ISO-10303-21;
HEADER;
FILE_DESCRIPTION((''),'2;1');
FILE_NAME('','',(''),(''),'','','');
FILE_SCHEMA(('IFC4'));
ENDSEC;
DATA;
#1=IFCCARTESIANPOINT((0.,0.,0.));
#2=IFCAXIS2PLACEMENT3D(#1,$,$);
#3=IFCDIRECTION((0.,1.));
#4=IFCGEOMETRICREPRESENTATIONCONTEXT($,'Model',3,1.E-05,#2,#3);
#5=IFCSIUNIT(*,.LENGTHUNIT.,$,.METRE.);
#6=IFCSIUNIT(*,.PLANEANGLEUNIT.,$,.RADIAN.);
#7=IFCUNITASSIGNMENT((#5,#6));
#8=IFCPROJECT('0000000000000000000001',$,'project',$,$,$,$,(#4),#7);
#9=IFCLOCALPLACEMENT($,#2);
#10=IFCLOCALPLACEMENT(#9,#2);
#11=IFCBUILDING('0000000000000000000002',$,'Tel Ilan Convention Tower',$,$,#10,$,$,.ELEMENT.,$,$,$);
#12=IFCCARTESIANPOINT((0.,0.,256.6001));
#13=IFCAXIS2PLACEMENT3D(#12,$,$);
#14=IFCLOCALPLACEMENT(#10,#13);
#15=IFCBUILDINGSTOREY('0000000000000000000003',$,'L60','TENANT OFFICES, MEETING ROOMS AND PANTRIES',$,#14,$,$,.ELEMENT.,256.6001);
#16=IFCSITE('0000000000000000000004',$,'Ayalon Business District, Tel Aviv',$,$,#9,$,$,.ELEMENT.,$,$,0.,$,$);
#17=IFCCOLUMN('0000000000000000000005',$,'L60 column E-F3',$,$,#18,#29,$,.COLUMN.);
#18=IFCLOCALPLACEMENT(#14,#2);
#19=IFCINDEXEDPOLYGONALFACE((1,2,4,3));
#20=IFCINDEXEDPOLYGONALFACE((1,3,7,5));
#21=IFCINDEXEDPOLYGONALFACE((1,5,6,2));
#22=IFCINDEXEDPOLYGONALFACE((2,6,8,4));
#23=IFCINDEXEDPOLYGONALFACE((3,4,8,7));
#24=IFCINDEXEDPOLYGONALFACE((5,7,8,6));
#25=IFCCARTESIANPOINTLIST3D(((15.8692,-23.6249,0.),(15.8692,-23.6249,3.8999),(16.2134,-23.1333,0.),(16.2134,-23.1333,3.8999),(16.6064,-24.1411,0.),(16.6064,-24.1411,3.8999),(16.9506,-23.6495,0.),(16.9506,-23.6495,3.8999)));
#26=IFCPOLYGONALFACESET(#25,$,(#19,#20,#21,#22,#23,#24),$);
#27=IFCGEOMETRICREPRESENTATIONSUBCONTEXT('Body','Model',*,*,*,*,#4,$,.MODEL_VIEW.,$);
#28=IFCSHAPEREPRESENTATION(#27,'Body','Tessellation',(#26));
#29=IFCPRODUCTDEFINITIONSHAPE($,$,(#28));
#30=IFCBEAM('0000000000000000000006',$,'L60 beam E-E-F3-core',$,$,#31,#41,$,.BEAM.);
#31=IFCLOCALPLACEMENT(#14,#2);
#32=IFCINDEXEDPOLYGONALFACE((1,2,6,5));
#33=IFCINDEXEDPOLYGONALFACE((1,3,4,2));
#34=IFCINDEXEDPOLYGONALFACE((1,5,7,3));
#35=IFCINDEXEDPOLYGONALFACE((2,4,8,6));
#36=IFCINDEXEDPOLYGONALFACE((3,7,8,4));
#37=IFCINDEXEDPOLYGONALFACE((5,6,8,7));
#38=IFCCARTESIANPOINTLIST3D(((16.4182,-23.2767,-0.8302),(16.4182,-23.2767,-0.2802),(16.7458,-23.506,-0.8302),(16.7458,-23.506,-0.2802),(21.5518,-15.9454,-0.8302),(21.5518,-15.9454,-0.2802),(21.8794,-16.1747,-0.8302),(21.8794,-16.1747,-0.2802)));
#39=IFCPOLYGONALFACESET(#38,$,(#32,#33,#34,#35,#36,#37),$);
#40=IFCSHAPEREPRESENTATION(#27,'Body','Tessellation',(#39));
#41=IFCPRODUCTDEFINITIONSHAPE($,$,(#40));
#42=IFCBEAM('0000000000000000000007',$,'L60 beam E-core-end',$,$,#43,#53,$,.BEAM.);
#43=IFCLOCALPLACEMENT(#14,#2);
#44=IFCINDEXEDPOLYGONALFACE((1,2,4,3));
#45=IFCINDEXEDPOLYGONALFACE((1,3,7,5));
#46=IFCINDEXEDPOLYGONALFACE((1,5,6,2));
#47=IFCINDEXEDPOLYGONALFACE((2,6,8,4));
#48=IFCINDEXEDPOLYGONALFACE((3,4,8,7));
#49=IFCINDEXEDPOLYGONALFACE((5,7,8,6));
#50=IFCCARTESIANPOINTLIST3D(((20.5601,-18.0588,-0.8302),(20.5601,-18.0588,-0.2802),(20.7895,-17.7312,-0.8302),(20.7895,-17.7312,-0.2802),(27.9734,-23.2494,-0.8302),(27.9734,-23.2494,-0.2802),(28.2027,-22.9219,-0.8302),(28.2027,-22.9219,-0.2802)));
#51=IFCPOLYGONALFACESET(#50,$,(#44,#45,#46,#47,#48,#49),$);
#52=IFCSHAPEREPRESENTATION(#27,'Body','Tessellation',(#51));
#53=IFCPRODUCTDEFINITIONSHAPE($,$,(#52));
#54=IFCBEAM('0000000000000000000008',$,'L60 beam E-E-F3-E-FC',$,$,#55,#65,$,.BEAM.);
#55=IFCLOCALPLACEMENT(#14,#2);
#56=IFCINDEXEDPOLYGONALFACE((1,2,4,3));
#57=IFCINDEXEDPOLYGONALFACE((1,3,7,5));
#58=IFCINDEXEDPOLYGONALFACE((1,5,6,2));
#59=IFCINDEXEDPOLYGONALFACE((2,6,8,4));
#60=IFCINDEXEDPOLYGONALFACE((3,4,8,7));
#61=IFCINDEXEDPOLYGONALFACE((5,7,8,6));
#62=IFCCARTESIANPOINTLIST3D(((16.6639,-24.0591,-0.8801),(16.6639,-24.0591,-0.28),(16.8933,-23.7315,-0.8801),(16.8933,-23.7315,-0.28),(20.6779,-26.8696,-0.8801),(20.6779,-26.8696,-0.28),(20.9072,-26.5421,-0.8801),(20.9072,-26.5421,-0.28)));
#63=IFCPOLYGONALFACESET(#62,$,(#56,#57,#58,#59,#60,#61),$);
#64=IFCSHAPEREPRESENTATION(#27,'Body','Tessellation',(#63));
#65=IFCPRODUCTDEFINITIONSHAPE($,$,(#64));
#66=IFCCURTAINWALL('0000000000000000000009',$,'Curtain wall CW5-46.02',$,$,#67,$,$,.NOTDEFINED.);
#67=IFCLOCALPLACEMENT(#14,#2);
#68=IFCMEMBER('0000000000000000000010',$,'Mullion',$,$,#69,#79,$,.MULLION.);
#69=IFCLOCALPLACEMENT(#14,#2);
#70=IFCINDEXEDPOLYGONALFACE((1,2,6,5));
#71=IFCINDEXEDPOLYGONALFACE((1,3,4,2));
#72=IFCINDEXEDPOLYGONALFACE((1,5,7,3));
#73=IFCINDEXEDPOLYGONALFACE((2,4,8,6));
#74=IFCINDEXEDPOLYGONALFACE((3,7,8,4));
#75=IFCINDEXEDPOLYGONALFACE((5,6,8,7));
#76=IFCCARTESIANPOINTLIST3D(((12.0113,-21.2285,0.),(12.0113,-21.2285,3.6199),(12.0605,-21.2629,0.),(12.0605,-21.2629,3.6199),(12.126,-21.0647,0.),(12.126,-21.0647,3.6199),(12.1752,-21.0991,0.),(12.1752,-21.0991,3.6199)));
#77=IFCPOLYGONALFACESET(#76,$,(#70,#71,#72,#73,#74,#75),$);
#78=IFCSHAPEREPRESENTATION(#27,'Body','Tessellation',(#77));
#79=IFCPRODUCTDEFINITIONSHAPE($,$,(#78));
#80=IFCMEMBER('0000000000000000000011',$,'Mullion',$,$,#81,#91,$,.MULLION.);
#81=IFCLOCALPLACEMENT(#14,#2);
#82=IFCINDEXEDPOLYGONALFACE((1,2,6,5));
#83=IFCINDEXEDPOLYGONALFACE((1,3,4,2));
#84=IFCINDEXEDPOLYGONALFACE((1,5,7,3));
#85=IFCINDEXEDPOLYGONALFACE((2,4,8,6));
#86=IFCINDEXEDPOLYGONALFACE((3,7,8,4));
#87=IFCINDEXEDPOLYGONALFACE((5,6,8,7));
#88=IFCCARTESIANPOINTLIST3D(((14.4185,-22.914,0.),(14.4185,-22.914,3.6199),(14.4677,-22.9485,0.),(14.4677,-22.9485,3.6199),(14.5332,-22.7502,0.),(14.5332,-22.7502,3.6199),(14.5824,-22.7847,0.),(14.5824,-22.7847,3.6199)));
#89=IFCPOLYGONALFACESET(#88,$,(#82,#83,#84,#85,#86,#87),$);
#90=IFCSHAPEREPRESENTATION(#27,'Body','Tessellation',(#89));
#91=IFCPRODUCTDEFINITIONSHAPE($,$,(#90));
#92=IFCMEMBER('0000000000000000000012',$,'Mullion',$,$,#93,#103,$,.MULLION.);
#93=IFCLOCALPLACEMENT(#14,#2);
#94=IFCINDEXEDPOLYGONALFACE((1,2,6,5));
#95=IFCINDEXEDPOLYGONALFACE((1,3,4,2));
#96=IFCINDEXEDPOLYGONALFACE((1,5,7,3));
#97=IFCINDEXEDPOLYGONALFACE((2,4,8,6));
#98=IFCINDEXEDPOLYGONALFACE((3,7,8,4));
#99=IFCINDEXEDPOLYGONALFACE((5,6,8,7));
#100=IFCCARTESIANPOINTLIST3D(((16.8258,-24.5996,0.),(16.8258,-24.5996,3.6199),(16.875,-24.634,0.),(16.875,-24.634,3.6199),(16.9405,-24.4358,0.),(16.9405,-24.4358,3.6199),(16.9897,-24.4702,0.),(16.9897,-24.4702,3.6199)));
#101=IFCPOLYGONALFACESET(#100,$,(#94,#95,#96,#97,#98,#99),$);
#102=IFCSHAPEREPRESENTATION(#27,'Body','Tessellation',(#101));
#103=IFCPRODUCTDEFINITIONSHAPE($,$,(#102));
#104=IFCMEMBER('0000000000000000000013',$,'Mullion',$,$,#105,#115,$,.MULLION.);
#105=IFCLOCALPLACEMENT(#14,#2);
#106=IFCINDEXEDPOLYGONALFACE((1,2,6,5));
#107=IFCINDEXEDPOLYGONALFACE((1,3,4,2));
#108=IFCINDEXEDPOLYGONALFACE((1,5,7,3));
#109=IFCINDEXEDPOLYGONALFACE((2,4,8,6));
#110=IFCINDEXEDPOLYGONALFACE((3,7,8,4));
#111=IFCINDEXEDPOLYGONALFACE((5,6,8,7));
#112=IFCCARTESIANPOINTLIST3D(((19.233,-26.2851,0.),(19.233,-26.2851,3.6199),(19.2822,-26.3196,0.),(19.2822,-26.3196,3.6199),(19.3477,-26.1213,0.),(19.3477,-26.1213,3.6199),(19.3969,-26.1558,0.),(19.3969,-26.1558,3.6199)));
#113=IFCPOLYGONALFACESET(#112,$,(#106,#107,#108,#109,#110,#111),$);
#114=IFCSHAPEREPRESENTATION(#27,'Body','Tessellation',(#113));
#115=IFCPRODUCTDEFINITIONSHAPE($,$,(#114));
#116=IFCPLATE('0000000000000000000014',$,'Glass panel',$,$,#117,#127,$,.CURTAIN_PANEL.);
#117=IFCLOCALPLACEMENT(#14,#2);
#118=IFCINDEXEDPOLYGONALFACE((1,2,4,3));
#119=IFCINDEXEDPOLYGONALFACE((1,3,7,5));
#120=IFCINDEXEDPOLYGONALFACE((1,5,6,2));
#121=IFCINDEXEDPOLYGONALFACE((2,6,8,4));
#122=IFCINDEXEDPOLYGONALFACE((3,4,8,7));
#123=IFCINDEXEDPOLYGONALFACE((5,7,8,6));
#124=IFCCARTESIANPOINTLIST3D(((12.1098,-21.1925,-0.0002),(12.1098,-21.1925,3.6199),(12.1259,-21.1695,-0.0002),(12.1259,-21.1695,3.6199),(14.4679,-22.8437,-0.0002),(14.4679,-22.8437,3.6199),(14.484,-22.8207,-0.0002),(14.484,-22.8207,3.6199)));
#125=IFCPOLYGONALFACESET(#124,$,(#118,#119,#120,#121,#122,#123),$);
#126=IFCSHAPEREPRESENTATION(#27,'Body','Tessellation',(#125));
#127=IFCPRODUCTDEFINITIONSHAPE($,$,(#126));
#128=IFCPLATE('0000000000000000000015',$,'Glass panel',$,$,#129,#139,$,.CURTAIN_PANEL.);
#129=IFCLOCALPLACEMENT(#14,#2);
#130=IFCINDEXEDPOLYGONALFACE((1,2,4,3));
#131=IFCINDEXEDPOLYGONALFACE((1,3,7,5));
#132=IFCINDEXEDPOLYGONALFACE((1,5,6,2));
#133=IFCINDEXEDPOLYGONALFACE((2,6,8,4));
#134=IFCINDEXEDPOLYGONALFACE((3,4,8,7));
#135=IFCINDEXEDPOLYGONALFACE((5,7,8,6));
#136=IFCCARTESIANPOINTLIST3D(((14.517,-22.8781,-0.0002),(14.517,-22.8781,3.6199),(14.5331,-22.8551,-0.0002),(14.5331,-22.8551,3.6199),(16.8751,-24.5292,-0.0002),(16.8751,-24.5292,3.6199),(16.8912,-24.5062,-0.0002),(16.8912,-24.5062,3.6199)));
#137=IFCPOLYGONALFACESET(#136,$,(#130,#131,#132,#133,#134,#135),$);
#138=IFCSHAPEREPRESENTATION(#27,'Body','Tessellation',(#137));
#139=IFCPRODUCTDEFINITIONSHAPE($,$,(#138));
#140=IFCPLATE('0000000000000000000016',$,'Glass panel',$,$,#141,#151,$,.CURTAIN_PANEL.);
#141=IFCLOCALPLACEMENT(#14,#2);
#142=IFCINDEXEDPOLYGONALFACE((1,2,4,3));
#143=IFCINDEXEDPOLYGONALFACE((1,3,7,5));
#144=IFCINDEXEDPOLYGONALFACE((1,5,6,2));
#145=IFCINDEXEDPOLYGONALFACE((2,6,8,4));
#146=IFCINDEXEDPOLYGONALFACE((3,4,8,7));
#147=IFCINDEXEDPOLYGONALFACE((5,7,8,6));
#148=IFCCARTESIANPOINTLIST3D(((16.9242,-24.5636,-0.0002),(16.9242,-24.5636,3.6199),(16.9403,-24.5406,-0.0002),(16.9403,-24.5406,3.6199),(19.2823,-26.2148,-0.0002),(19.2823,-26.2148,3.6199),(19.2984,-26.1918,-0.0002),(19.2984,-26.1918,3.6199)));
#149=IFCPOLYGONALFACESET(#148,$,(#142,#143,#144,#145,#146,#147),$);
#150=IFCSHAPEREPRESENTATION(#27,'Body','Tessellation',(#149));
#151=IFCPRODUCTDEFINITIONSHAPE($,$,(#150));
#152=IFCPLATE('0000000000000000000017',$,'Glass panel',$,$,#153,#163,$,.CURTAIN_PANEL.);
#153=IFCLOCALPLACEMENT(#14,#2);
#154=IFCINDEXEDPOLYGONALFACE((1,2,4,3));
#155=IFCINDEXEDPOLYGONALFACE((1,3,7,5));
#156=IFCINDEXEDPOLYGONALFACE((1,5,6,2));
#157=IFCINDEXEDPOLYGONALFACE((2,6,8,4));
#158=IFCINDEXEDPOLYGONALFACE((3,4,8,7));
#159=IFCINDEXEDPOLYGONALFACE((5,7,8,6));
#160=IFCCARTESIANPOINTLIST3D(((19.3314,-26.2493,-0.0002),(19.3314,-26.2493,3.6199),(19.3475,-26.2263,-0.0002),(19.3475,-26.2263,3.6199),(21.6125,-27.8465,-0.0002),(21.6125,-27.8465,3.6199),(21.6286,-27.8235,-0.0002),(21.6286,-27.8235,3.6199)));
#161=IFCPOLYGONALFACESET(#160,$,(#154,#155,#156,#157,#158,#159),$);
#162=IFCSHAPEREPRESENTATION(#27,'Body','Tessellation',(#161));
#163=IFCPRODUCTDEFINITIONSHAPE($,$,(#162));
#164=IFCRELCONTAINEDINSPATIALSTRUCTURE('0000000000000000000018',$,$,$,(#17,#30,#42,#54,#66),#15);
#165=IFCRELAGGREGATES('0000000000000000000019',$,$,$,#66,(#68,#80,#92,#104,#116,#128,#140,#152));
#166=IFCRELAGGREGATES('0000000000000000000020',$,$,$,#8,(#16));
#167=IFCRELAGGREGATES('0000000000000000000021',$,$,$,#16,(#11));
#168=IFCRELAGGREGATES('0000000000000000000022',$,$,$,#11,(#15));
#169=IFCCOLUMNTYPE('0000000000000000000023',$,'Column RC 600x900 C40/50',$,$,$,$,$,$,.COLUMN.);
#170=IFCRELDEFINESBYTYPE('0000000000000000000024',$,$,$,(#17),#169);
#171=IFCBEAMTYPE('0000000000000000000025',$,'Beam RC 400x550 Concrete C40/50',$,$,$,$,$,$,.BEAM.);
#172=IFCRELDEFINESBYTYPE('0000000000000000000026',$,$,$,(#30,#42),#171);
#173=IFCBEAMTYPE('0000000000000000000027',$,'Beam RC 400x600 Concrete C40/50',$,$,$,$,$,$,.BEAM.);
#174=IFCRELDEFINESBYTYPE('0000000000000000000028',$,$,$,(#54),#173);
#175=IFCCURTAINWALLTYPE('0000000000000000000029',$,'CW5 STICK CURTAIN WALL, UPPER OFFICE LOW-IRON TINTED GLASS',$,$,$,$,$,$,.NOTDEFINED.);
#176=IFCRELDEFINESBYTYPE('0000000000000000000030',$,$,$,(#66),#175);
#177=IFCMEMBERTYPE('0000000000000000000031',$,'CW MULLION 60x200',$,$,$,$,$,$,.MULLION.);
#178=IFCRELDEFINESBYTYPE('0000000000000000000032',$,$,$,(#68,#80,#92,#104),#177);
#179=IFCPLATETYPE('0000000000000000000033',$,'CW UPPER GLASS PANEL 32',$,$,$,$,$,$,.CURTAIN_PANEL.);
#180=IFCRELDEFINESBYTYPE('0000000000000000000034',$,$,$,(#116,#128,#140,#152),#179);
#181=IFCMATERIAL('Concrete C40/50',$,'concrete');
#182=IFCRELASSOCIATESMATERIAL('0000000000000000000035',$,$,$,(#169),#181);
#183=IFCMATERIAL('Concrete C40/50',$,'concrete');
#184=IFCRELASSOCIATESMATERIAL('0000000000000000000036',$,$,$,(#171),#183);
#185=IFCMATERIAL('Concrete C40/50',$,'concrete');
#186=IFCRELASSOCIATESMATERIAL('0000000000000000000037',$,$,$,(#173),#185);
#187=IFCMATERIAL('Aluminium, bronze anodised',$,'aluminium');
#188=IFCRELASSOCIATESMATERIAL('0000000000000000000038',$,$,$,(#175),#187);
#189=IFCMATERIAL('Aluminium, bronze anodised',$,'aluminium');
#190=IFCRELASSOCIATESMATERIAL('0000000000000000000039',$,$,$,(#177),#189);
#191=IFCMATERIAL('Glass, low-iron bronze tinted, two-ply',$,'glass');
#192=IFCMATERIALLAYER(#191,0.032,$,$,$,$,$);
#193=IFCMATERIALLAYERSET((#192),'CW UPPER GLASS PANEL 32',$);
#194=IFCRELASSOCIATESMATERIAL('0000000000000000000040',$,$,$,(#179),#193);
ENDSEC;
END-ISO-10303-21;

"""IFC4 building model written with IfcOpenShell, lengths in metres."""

from ifc_helpers import new_model, si_unit, direction, frame, origin, origin_2d, place, context, subcontext, project, spatial, rectangle, extrude, material, layer, layer_set, material_profile, profile_set, type_object, element, aggregate, save


model = new_model("IFC4")

# Units and contexts
model_context = context("Model", 3, precision=1e-05, world=origin(), true_north=direction((0.0, 1.0)))
body_context = subcontext(model_context, "Body", "Model", "MODEL_VIEW")
ifc_project = project(units=[si_unit("LENGTHUNIT", "METRE"), si_unit("PLANEANGLEUNIT", "RADIAN")], contexts=[model_context])

# Site, building, storey
site_placement = place(None, origin())
site = spatial("IfcSite", under=ifc_project, at=site_placement, Name="Ayalon Business District, Tel Aviv", CompositionType="ELEMENT", RefElevation=0.0)
building_placement = place(site_placement, origin())
building = spatial("IfcBuilding", under=site, at=building_placement, Name="Tel Ilan Convention Tower", CompositionType="ELEMENT")
storey_placement = place(building_placement, frame((0.0, 0.0, 256.6001)))
storey = spatial("IfcBuildingStorey", under=building, at=storey_placement, Name="L60", Description="TENANT OFFICES, MEETING ROOMS AND PANTRIES", CompositionType="ELEMENT", Elevation=256.6001)

# Column
ifc_material_1 = material(Name="Concrete C40/50", Category="concrete")
ifc_material_profile_1 = material_profile(ifc_material_1, rectangle(XDim=0.8999, YDim=0.6001, at=origin_2d()), Name="RC 600x900")
ifc_profile_set_1 = profile_set([ifc_material_profile_1], Name="Concrete C40/50")
column_type = type_object("IfcColumnType", Name="Column RC 600x900 C40/50", PredefinedType="COLUMN", material=ifc_profile_set_1)
column_placement = place(storey_placement, frame((16.4099, -23.6372, 0.0), z_axis=(0.0, 0.0, 1.0), x_axis=(0.819152, -0.573576, 0.0)))
element("IfcColumn", 1, at=column_placement, inside=storey, type_object=column_type, Name="L60 column E-F3", PredefinedType="COLUMN", context=body_context, shape_type="SweptSolid", body=[
    extrude(rectangle(XDim=0.8999, YDim=0.6001, at=origin_2d()), origin(), (0.0, 0.0, 1.0), 3.8999),
])

# Beams
ifc_material_2 = material(Name="Concrete C40/50", Category="concrete")
ifc_material_profile_2 = material_profile(ifc_material_2, rectangle(XDim=0.3999, YDim=0.55, at=origin_2d()), Name="RC 400x550")
ifc_profile_set_2 = profile_set([ifc_material_profile_2], Name="Concrete C40/50")
beam_type_1 = type_object("IfcBeamType", Name="Beam RC 400x550 Concrete C40/50", PredefinedType="BEAM", material=ifc_profile_set_2)
beam_1_placement = place(storey_placement, frame((16.582, -23.3914, -0.5552), z_axis=(0.573585, 0.819146, 0.0), x_axis=(-0.819146, 0.573585, 0.0)))
element("IfcBeam", 2, at=beam_1_placement, inside=storey, type_object=beam_type_1, Name="L60 beam E-E-F3-core", PredefinedType="BEAM", context=body_context, shape_type="SweptSolid", body=[
    extrude(rectangle(XDim=0.3999, YDim=0.55, at=origin_2d()), origin(), (0.0, 0.0, 1.0), 8.95),
])
beam_2_placement = place(storey_placement, frame((20.6748, -17.895, -0.5552), z_axis=(0.819162, -0.573562, 0.0), x_axis=(0.573562, 0.819162, 0.0)))
element("IfcBeam", 3, at=beam_2_placement, inside=storey, type_object=beam_type_1, Name="L60 beam E-core-end", PredefinedType="BEAM", context=body_context, shape_type="SweptSolid", body=[
    extrude(rectangle(XDim=0.3999, YDim=0.55, at=origin_2d()), origin(), (0.0, 0.0, 1.0), 9.0498),
])
ifc_material_3 = material(Name="Concrete C40/50", Category="concrete")
ifc_material_profile_3 = material_profile(ifc_material_3, rectangle(XDim=0.3999, YDim=0.6001, at=origin_2d()), Name="RC 400x600")
ifc_profile_set_3 = profile_set([ifc_material_profile_3], Name="Concrete C40/50")
beam_type_2 = type_object("IfcBeamType", Name="Beam RC 400x600 Concrete C40/50", PredefinedType="BEAM", material=ifc_profile_set_3)
beam_3_placement = place(storey_placement, frame((16.7786, -23.8953, -0.5801), z_axis=(0.819155, -0.573573, 0.0), x_axis=(0.573573, 0.819155, 0.0)))
element("IfcBeam", 4, at=beam_3_placement, inside=storey, type_object=beam_type_2, Name="L60 beam E-E-F3-E-FC", PredefinedType="BEAM", context=body_context, shape_type="SweptSolid", body=[
    extrude(rectangle(XDim=0.3999, YDim=0.6001, at=origin_2d()), origin(), (0.0, 0.0, 1.0), 4.9001),
])

# Curtain wall, members, plates
ifc_material_4 = material(Name="Aluminium, bronze anodised", Category="aluminium")
curtain_wall_type = type_object("IfcCurtainWallType", Name="CW5 STICK CURTAIN WALL, UPPER OFFICE LOW-IRON TINTED GLASS", PredefinedType="NOTDEFINED", material=ifc_material_4)
curtain_wall_placement = place(storey_placement, origin())
curtain_wall = element("IfcCurtainWall", 5, at=curtain_wall_placement, inside=storey, type_object=curtain_wall_type, Name="Curtain wall CW5-46.02", PredefinedType="NOTDEFINED")
ifc_material_5 = material(Name="Aluminium, bronze anodised", Category="aluminium")
ifc_material_profile_4 = material_profile(ifc_material_5, rectangle(XDim=0.0601, YDim=0.2, at=origin_2d()), Name="CW MULLION 60x200")
ifc_profile_set_4 = profile_set([ifc_material_profile_4], Name="Aluminium, bronze anodised")
member_type = type_object("IfcMemberType", Name="CW MULLION 60x200", PredefinedType="MULLION", material=ifc_profile_set_4)
member_1_placement = place(storey_placement, frame((12.0933, -21.1638, 0.0), z_axis=(0.0, 0.0, 1.0), x_axis=(0.819152, -0.573576, 0.0)))
member_1 = element("IfcMember", 6, at=member_1_placement, type_object=member_type, Name="Mullion", PredefinedType="MULLION", context=body_context, shape_type="SweptSolid", body=[
    extrude(rectangle(XDim=0.0601, YDim=0.2, at=origin_2d()), origin(), (0.0, 0.0, 1.0), 3.6199),
])
member_2_placement = place(storey_placement, frame((14.5005, -22.8494, 0.0), z_axis=(0.0, 0.0, 1.0), x_axis=(0.819152, -0.573576, 0.0)))
member_2 = element("IfcMember", 7, at=member_2_placement, type_object=member_type, Name="Mullion", PredefinedType="MULLION", context=body_context, shape_type="SweptSolid", body=[
    extrude(rectangle(XDim=0.0601, YDim=0.2, at=origin_2d()), origin(), (0.0, 0.0, 1.0), 3.6199),
])
member_3_placement = place(storey_placement, frame((16.9077, -24.5349, 0.0), z_axis=(0.0, 0.0, 1.0), x_axis=(0.819152, -0.573576, 0.0)))
member_3 = element("IfcMember", 8, at=member_3_placement, type_object=member_type, Name="Mullion", PredefinedType="MULLION", context=body_context, shape_type="SweptSolid", body=[
    extrude(rectangle(XDim=0.0601, YDim=0.2, at=origin_2d()), origin(), (0.0, 0.0, 1.0), 3.6199),
])
member_4_placement = place(storey_placement, frame((19.3149, -26.2205, 0.0), z_axis=(0.0, 0.0, 1.0), x_axis=(0.819152, -0.573576, 0.0)))
member_4 = element("IfcMember", 9, at=member_4_placement, type_object=member_type, Name="Mullion", PredefinedType="MULLION", context=body_context, shape_type="SweptSolid", body=[
    extrude(rectangle(XDim=0.0601, YDim=0.2, at=origin_2d()), origin(), (0.0, 0.0, 1.0), 3.6199),
])
ifc_material_6 = material(Name="Glass, low-iron bronze tinted, two-ply", Category="glass")
ifc_layer_1 = layer(ifc_material_6, 0.032)
ifc_layer_set_1 = layer_set([ifc_layer_1], Name="CW UPPER GLASS PANEL 32")
plate_type = type_object("IfcPlateType", Name="CW UPPER GLASS PANEL 32", PredefinedType="CURTAIN_PANEL", material=ifc_layer_set_1)
plate_1_placement = place(storey_placement, frame((13.2969, -22.0066, -0.0002), z_axis=(0.0, 0.0, 1.0), x_axis=(0.819152, -0.573576, 0.0)))
plate_1 = element("IfcPlate", 10, at=plate_1_placement, type_object=plate_type, Name="Glass panel", PredefinedType="CURTAIN_PANEL", context=body_context, shape_type="SweptSolid", body=[
    extrude(rectangle(XDim=2.8787, YDim=0.0281, at=origin_2d()), origin(), (0.0, 0.0, 1.0), 3.6201),
])
plate_2_placement = place(storey_placement, frame((15.7041, -23.6921, -0.0002), z_axis=(0.0, 0.0, 1.0), x_axis=(0.819152, -0.573576, 0.0)))
plate_2 = element("IfcPlate", 11, at=plate_2_placement, type_object=plate_type, Name="Glass panel", PredefinedType="CURTAIN_PANEL", context=body_context, shape_type="SweptSolid", body=[
    extrude(rectangle(XDim=2.8787, YDim=0.0281, at=origin_2d()), origin(), (0.0, 0.0, 1.0), 3.6201),
])
plate_3_placement = place(storey_placement, frame((18.1113, -25.3777, -0.0002), z_axis=(0.0, 0.0, 1.0), x_axis=(0.819152, -0.573576, 0.0)))
plate_3 = element("IfcPlate", 12, at=plate_3_placement, type_object=plate_type, Name="Glass panel", PredefinedType="CURTAIN_PANEL", context=body_context, shape_type="SweptSolid", body=[
    extrude(rectangle(XDim=2.8787, YDim=0.0281, at=origin_2d()), origin(), (0.0, 0.0, 1.0), 3.6201),
])
plate_4_placement = place(storey_placement, frame((20.48, -27.0364, -0.0002), z_axis=(0.0, 0.0, 1.0), x_axis=(0.819152, -0.573576, 0.0)))
plate_4 = element("IfcPlate", 13, at=plate_4_placement, type_object=plate_type, Name="Glass panel", PredefinedType="CURTAIN_PANEL", context=body_context, shape_type="SweptSolid", body=[
    extrude(rectangle(XDim=2.7847, YDim=0.0281, at=origin_2d()), origin(), (0.0, 0.0, 1.0), 3.6201),
])
aggregate(curtain_wall, [member_1, member_2, member_3, member_4, plate_1, plate_2, plate_3, plate_4])

save(model, "model.ifc")
